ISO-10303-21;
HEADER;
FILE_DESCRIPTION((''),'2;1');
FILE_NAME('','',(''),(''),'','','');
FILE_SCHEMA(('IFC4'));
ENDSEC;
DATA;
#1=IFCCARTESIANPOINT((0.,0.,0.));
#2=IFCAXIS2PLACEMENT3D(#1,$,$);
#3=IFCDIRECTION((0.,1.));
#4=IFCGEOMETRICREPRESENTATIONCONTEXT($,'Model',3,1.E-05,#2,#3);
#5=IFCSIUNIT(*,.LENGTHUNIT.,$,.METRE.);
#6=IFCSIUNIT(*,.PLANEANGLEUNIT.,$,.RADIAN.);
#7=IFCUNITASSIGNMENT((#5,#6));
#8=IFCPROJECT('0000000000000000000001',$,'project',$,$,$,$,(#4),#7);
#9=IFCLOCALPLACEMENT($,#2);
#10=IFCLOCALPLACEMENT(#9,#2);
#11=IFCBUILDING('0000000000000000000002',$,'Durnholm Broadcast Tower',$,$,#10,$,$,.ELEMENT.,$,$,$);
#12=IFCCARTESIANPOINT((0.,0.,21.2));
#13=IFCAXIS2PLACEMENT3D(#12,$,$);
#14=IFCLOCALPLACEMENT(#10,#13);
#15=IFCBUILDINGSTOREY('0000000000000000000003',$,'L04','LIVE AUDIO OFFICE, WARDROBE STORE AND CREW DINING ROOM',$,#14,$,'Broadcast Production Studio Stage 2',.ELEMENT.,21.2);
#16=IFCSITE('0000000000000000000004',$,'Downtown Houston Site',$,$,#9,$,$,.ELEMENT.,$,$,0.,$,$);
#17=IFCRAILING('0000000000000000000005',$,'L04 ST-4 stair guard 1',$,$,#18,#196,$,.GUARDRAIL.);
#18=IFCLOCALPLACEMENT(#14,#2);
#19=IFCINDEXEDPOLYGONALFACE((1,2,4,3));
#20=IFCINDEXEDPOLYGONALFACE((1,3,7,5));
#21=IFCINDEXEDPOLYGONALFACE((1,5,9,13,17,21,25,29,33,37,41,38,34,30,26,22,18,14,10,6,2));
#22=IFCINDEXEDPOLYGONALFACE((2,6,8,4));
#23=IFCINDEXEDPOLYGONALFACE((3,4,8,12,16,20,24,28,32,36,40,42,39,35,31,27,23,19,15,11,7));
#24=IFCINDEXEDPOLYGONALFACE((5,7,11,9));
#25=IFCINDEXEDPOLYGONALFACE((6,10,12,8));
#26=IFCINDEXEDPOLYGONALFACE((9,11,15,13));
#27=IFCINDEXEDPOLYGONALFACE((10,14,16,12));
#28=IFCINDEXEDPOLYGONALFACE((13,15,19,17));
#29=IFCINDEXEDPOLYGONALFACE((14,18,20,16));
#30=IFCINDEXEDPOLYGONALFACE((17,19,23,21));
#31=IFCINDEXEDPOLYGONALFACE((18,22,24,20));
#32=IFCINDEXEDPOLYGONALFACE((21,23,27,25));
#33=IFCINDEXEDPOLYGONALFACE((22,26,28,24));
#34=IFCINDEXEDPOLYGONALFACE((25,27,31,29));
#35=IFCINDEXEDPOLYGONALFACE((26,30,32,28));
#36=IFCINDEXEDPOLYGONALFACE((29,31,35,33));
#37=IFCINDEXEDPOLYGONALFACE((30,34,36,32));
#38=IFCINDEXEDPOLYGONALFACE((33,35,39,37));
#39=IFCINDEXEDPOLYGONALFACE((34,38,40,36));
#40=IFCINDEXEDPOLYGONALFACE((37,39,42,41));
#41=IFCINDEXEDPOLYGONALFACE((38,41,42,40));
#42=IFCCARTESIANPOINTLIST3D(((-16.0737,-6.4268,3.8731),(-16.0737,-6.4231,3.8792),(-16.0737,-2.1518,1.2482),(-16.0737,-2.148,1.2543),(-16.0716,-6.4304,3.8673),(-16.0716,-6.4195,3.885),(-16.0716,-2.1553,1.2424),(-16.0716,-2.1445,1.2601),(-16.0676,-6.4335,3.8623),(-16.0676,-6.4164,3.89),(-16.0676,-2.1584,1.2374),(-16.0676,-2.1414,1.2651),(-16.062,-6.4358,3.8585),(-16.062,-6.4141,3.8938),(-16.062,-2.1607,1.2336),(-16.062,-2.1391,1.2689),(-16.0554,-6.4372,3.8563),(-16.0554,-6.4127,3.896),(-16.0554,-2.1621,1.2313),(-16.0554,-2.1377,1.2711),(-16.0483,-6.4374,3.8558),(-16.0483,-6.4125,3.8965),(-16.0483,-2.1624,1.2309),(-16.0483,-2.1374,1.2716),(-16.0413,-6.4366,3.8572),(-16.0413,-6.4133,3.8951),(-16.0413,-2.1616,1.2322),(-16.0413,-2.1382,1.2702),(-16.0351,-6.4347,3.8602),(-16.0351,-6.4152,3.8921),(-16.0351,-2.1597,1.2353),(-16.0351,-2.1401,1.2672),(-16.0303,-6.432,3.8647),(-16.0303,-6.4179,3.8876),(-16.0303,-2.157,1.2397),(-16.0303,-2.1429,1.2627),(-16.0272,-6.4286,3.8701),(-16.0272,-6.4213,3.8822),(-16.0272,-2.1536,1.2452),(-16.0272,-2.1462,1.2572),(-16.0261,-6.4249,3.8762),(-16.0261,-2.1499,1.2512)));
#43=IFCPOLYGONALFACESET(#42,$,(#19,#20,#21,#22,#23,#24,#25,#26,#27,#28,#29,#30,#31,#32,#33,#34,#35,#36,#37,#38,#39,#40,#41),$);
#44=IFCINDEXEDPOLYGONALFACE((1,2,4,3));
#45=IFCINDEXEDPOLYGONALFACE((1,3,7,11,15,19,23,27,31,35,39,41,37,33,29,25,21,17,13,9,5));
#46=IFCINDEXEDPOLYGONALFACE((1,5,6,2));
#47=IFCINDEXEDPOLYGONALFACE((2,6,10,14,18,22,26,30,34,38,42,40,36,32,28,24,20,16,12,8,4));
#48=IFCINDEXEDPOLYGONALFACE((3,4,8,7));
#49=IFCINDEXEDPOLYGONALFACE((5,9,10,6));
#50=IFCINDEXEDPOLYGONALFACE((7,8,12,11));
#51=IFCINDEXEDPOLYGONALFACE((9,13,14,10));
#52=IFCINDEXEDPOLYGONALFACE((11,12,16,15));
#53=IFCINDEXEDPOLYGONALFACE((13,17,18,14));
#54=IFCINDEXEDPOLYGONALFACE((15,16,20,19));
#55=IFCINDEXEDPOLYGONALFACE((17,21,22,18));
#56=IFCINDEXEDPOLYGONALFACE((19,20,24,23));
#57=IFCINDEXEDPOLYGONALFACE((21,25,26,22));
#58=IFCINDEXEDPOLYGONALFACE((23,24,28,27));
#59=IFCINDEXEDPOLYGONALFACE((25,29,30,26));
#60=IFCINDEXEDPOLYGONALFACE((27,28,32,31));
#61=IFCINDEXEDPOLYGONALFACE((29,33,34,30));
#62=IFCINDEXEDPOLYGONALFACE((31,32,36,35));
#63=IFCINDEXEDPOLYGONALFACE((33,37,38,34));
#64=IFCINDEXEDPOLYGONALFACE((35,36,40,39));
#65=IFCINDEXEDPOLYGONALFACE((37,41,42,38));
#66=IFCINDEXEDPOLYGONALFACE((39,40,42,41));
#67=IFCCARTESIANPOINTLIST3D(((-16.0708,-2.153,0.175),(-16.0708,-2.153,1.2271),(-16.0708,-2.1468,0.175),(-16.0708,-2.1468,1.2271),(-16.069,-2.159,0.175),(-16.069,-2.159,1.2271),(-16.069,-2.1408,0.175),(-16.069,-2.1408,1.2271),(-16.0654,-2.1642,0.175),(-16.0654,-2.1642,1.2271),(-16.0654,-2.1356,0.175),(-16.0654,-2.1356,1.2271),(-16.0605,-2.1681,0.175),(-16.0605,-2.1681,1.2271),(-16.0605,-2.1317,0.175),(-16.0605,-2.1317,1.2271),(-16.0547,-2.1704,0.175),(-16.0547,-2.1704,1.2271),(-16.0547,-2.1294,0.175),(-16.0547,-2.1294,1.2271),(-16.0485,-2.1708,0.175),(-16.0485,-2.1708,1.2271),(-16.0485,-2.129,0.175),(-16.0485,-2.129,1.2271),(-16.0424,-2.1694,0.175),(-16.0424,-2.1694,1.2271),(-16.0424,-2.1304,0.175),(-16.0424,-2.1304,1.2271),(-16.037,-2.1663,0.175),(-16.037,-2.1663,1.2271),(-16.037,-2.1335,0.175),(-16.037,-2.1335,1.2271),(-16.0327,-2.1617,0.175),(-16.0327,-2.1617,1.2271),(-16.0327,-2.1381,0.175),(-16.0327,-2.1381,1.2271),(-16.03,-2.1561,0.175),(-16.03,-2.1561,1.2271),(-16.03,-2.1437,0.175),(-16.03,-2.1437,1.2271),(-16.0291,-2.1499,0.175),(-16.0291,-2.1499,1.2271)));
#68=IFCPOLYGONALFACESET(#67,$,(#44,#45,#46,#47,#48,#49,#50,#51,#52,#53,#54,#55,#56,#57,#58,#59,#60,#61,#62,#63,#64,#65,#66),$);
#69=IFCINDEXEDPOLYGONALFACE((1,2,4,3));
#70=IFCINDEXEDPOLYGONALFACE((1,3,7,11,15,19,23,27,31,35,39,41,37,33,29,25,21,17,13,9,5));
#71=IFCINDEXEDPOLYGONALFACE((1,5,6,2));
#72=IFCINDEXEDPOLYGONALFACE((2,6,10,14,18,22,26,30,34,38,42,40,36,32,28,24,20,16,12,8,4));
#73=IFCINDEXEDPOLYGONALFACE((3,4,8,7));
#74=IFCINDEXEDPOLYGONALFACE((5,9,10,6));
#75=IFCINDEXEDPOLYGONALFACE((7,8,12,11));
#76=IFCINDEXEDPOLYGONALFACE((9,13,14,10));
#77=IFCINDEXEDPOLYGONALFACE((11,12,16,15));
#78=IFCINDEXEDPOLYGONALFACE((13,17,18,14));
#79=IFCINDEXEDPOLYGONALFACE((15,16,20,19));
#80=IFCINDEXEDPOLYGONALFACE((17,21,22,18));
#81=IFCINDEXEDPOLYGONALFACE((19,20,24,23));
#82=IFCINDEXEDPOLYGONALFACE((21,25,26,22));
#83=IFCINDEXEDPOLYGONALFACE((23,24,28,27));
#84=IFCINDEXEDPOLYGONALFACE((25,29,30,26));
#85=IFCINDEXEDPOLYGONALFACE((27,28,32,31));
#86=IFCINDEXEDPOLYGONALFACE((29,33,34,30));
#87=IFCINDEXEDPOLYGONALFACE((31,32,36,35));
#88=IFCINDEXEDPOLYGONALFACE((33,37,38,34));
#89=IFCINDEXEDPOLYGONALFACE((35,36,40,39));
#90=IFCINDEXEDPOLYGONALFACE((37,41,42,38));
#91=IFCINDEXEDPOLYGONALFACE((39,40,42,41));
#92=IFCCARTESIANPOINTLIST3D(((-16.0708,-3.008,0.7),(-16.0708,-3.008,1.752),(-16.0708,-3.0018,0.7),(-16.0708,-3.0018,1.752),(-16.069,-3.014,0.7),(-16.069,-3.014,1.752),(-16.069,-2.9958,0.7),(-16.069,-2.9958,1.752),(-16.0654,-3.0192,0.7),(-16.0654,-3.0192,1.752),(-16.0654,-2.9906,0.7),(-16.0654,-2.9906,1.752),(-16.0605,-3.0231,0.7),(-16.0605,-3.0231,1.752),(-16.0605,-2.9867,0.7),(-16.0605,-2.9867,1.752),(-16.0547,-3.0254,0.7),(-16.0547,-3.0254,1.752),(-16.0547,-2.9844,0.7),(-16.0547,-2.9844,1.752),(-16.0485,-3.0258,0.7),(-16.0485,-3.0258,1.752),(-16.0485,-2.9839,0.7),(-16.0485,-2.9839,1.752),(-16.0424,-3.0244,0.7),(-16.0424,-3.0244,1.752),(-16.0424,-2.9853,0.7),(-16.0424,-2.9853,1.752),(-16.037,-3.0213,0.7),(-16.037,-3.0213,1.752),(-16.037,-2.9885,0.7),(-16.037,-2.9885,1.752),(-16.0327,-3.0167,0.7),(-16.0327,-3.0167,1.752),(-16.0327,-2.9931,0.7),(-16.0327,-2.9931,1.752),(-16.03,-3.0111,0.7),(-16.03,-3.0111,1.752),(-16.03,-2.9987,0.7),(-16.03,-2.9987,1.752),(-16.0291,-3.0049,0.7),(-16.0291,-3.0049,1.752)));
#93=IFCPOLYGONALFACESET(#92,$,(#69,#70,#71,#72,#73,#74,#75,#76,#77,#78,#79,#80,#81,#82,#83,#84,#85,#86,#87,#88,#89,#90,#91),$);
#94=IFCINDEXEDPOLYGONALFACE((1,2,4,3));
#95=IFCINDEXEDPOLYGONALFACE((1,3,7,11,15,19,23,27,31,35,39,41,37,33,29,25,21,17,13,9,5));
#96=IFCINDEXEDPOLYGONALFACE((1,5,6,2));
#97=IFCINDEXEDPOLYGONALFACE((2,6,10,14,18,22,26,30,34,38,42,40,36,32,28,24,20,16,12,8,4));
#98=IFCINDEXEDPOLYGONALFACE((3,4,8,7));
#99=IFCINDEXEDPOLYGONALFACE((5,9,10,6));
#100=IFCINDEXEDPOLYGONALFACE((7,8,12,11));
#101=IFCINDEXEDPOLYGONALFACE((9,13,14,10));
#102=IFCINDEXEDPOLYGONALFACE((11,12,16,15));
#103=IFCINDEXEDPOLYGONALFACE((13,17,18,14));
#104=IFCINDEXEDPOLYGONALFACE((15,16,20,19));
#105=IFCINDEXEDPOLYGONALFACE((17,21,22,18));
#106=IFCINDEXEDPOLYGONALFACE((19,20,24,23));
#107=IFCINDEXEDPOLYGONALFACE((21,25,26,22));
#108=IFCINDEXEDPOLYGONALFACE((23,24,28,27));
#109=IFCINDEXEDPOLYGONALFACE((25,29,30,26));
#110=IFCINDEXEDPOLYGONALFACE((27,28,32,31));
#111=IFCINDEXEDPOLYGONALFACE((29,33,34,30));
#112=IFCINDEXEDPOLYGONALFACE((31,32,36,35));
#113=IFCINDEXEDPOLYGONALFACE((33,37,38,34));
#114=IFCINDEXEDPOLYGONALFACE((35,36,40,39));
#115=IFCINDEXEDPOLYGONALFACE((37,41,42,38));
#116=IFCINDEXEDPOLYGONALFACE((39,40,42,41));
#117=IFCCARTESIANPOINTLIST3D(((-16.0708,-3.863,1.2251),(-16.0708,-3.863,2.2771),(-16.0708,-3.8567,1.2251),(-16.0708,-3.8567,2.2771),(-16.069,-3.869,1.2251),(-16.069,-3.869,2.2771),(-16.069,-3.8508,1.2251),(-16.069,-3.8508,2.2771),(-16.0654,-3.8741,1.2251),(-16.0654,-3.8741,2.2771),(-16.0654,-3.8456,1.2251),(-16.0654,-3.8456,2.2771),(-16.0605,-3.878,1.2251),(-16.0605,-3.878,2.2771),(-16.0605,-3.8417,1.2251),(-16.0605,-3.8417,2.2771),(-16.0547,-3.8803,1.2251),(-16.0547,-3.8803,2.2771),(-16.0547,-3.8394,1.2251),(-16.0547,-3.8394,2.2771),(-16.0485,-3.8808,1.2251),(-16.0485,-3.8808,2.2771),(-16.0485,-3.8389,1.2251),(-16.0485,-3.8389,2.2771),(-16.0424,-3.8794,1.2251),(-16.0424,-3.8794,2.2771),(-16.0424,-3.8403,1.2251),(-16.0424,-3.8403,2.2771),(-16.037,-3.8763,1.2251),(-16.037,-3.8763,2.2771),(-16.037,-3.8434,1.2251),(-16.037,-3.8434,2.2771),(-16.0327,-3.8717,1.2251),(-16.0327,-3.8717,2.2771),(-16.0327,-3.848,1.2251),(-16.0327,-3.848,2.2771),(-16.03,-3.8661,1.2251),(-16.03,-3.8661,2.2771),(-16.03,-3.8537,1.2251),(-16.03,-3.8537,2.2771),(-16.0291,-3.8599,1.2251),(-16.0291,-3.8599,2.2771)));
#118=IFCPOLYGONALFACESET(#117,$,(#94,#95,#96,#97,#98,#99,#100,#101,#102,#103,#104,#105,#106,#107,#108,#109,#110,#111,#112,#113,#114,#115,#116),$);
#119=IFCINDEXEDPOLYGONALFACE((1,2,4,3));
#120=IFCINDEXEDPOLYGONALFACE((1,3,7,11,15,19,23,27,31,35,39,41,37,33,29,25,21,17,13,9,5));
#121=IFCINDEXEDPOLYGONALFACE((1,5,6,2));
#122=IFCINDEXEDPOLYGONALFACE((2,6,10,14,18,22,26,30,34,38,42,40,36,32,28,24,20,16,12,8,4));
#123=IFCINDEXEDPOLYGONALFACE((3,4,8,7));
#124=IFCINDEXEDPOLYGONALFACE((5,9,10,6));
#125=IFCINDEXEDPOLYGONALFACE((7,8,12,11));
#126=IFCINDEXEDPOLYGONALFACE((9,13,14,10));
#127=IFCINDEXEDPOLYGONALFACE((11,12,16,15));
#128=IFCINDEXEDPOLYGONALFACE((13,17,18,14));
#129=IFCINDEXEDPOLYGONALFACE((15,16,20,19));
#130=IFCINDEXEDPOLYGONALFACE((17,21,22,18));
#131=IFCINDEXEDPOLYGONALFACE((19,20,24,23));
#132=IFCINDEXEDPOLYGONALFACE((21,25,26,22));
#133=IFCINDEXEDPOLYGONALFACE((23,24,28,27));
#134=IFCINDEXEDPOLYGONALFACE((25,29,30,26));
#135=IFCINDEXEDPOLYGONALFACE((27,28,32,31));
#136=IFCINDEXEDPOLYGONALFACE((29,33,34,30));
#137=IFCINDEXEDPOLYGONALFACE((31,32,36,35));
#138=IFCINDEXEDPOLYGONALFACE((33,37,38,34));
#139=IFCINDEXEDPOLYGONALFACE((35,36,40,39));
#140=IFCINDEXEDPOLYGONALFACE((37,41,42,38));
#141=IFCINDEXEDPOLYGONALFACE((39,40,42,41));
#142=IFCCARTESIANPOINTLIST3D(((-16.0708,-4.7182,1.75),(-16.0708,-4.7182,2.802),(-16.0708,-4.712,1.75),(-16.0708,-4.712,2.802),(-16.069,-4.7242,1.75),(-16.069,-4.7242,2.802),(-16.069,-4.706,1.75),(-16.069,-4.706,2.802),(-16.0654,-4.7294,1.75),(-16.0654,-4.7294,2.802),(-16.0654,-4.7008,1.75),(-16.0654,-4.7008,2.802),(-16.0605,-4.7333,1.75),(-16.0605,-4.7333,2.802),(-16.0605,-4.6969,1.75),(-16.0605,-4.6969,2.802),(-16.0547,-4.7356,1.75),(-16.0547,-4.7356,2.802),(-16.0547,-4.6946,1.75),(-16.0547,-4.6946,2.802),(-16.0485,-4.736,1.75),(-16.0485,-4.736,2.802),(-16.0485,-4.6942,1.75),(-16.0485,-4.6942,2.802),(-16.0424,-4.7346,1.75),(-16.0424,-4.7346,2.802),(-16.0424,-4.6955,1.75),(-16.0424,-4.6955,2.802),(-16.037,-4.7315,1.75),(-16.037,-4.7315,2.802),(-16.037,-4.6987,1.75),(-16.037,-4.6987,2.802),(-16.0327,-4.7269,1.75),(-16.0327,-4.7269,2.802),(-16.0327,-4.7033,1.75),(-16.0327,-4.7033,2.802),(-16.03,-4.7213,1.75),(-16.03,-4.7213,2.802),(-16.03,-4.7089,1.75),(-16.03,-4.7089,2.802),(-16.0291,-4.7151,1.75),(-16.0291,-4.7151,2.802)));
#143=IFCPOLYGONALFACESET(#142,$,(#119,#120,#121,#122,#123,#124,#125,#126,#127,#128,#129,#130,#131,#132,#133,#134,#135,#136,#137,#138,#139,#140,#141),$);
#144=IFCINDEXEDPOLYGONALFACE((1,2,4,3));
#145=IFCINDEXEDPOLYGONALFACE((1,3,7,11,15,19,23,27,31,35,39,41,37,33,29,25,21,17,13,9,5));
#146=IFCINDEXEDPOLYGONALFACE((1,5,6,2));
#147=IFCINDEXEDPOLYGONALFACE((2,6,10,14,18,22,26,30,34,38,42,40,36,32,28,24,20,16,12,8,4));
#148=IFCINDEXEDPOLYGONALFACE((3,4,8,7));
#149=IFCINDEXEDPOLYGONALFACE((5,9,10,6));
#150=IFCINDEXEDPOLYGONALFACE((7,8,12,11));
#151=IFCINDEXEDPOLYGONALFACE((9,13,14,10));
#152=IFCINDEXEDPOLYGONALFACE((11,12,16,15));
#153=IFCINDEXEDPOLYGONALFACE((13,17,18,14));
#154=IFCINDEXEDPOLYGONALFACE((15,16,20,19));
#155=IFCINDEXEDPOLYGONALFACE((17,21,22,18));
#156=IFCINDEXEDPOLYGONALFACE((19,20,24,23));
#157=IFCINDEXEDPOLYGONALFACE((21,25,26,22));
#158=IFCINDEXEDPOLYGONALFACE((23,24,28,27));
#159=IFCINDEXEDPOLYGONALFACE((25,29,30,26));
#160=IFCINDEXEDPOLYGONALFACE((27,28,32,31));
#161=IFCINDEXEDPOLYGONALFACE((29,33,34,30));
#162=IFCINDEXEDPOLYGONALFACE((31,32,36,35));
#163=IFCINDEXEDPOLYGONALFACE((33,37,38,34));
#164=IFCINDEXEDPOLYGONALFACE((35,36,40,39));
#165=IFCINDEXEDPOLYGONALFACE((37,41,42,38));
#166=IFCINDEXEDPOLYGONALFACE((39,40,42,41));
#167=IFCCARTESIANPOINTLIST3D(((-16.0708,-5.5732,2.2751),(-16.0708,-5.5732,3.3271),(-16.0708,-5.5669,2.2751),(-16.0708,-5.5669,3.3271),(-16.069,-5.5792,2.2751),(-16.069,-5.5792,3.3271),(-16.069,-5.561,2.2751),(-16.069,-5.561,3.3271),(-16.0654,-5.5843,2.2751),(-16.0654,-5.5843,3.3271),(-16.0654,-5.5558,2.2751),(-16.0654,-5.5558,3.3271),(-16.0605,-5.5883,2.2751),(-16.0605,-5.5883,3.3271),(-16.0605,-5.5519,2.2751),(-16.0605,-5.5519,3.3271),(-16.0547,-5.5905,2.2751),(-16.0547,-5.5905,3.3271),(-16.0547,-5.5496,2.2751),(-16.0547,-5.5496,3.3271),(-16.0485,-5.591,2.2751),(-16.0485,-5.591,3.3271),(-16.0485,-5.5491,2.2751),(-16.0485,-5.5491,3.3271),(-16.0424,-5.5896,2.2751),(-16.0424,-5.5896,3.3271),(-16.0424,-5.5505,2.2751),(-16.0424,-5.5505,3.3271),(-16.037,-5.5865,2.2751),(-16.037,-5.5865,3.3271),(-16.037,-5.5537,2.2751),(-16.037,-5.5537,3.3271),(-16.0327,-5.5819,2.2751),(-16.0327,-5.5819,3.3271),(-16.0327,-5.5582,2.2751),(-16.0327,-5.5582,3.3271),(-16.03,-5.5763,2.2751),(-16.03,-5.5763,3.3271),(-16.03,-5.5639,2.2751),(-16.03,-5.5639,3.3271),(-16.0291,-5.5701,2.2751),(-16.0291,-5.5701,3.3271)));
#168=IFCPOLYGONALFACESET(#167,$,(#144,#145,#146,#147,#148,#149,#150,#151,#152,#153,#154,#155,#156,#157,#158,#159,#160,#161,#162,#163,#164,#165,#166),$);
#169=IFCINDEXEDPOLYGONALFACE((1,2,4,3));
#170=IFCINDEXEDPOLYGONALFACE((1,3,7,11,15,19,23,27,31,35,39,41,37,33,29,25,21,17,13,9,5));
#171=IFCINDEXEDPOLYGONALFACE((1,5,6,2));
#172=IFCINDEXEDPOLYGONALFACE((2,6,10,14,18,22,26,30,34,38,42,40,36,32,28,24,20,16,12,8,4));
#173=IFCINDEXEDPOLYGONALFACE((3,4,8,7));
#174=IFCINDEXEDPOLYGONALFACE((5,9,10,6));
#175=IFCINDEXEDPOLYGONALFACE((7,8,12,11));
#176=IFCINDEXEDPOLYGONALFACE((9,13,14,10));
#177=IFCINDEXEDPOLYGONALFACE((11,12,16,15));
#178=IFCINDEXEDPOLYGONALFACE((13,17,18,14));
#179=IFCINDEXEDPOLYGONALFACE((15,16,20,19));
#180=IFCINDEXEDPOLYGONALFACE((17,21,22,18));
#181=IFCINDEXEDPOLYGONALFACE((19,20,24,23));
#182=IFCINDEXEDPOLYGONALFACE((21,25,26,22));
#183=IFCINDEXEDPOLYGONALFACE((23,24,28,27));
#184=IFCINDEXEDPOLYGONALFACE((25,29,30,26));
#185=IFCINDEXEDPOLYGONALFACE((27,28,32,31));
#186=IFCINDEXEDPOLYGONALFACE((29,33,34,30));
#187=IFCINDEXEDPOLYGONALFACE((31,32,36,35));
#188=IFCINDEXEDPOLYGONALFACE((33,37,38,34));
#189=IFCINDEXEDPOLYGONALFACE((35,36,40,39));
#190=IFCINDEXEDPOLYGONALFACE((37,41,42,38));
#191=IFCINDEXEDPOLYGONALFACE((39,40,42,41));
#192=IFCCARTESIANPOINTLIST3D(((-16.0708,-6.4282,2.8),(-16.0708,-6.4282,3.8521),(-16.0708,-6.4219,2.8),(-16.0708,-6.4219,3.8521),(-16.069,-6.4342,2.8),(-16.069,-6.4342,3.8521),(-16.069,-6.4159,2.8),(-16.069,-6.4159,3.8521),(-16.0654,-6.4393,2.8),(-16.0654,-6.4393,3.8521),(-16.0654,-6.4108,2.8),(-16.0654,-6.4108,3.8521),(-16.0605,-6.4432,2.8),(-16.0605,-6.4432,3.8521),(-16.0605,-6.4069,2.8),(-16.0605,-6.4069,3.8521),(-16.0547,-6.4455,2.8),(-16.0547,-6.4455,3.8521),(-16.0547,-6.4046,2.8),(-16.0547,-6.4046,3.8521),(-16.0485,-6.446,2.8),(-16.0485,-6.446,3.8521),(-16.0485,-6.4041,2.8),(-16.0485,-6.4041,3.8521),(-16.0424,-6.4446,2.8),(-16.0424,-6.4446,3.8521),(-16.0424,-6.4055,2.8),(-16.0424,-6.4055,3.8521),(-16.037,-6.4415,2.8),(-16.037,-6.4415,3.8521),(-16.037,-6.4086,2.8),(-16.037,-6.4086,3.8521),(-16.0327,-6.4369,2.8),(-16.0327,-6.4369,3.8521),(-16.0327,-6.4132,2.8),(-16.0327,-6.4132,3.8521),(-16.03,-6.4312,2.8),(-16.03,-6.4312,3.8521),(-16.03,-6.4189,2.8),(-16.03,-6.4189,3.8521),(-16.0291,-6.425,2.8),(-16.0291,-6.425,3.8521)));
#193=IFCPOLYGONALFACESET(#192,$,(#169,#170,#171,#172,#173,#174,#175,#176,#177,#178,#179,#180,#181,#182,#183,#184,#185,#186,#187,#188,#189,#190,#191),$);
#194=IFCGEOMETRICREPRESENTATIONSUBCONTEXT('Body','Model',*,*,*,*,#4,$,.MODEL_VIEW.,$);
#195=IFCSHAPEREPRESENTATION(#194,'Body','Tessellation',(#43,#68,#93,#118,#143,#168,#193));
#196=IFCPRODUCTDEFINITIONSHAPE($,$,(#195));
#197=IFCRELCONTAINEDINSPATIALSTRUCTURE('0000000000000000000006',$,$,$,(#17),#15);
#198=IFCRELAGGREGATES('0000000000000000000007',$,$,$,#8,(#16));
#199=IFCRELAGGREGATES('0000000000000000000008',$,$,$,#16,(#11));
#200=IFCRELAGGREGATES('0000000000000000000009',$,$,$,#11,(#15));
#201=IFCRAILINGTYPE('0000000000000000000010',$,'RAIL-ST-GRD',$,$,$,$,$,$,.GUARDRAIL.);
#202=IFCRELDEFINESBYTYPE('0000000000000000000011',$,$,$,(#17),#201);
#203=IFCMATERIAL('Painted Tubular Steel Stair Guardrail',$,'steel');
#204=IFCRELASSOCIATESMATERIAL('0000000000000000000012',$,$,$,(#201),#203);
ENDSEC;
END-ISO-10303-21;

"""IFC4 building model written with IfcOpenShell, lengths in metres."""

from ifc_helpers import new_model, si_unit, direction, frame, origin, origin_2d, place, context, subcontext, project, spatial, circle, extrude, material, type_object, element, save


model = new_model("IFC4")

# Units and contexts
model_context = context("Model", 3, precision=1e-05, world=origin(), true_north=direction((0.0, 1.0)))
body_context = subcontext(model_context, "Body", "Model", "MODEL_VIEW")
ifc_project = project(units=[si_unit("LENGTHUNIT", "METRE"), si_unit("PLANEANGLEUNIT", "RADIAN")], contexts=[model_context])

# Site, building, storey
site_placement = place(None, origin())
site = spatial("IfcSite", under=ifc_project, at=site_placement, Name="Downtown Houston Site", CompositionType="ELEMENT", RefElevation=0.0)
building_placement = place(site_placement, origin())
building = spatial("IfcBuilding", under=site, at=building_placement, Name="Durnholm Broadcast Tower", CompositionType="ELEMENT")
storey_placement = place(building_placement, frame((0.0, 0.0, 21.2)))
storey = spatial("IfcBuildingStorey", under=building, at=storey_placement, Name="L04", Description="LIVE AUDIO OFFICE, WARDROBE STORE AND CREW DINING ROOM", LongName="Broadcast Production Studio Stage 2", CompositionType="ELEMENT", Elevation=21.2)

# Railing
ifc_material_1 = material(Name="Painted Tubular Steel Stair Guardrail", Category="steel")
railing_type_1 = type_object("IfcRailingType", Name="RAIL-ST-GRD", PredefinedType="GUARDRAIL", material=ifc_material_1)
railing_1_placement = place(storey_placement, frame((-16.05, -2.1499, 0.175)))
element("IfcRailing", 1, at=railing_1_placement, inside=storey, type_object=railing_type_1, Name="L04 ST-4 stair guard 1", PredefinedType="GUARDRAIL", context=body_context, shape_type="SweptSolid", body=[
    extrude(circle(Radius=0.0239, at=origin_2d()), frame((0.0, 0.0, 1.0762), z_axis=(0.0, -0.852179, 0.52325), x_axis=(1.0, 0.0, 0.0)), (0.0, 0.0, 1.0), 5.0166),
    extrude(circle(Radius=0.021, at=origin_2d()), origin(), (0.0, 0.0, 1.0), 1.052),
    extrude(circle(Radius=0.021, at=origin_2d()), frame((0.0, -0.855, 0.5249)), (0.0, 0.0, 1.0), 1.052),
    extrude(circle(Radius=0.021, at=origin_2d()), frame((0.0, -1.71, 1.05)), (0.0, 0.0, 1.0), 1.052),
    extrude(circle(Radius=0.021, at=origin_2d()), frame((0.0, -2.5652, 1.575)), (0.0, 0.0, 1.0), 1.052),
    extrude(circle(Radius=0.021, at=origin_2d()), frame((0.0, -3.4202, 2.1001)), (0.0, 0.0, 1.0), 1.052),
    extrude(circle(Radius=0.021, at=origin_2d()), frame((0.0, -4.2751, 2.625)), (0.0, 0.0, 1.0), 1.052),
])

save(model, "model.ifc")
